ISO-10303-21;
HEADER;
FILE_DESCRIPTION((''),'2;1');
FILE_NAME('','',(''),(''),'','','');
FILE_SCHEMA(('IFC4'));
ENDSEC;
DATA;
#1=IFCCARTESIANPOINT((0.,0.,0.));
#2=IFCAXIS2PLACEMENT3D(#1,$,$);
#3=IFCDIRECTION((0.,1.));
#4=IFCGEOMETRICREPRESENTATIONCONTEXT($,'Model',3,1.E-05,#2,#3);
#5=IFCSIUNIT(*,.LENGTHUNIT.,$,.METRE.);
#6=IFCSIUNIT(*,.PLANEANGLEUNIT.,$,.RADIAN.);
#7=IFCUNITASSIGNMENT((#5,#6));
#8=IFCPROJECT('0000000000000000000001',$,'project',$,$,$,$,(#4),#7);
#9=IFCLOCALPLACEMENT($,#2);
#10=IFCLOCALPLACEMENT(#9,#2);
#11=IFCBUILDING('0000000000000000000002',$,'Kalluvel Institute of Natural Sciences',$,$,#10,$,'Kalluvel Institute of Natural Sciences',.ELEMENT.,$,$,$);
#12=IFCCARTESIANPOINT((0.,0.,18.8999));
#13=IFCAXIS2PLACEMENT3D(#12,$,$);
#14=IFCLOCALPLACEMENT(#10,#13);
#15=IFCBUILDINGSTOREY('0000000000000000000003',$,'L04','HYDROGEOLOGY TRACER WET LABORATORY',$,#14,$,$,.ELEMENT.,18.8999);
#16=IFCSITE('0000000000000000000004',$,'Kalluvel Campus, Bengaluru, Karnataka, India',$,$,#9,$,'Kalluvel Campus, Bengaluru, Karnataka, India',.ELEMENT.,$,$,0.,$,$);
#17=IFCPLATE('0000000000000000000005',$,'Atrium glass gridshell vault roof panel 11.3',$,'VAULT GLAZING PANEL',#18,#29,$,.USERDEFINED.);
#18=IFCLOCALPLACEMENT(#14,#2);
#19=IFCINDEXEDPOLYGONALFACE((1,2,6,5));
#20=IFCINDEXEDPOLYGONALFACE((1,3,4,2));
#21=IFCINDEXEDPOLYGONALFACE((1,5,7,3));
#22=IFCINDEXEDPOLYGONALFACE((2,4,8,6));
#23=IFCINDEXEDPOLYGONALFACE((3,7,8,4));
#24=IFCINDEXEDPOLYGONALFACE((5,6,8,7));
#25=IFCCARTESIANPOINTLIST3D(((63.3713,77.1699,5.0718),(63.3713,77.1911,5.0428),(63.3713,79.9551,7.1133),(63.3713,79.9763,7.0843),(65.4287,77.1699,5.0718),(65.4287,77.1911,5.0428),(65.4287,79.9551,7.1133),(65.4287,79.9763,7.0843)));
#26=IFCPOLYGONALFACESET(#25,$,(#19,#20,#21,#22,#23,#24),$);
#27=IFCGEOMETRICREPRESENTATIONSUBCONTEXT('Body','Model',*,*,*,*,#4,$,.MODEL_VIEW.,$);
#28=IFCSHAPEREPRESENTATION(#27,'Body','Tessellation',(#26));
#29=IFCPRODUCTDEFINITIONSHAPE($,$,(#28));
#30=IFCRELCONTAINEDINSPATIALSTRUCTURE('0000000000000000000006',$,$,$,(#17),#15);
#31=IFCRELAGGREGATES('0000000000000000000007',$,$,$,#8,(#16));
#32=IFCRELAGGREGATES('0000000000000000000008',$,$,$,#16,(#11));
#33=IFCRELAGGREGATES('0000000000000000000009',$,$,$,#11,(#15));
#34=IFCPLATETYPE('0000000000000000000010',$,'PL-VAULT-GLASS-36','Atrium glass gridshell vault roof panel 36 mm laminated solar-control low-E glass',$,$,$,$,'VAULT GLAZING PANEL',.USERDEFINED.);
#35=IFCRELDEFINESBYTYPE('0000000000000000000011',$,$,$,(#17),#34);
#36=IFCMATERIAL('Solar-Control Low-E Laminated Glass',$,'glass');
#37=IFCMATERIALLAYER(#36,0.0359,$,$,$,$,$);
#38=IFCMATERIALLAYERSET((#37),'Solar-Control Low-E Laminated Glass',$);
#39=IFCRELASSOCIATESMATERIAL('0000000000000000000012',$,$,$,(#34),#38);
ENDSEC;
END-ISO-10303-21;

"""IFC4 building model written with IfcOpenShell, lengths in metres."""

from ifc_helpers import new_model, si_unit, direction, frame, origin, place, context, subcontext, project, spatial, polyline, outline, extrude, material, layer, layer_set, type_object, element, save


model = new_model("IFC4")

# Units and contexts
model_context = context("Model", 3, precision=1e-05, world=origin(), true_north=direction((0.0, 1.0)))
body_context = subcontext(model_context, "Body", "Model", "MODEL_VIEW")
ifc_project = project(units=[si_unit("LENGTHUNIT", "METRE"), si_unit("PLANEANGLEUNIT", "RADIAN")], contexts=[model_context])

# Site, building, storey
site_placement = place(None, origin())
site = spatial("IfcSite", under=ifc_project, at=site_placement, Name="Kalluvel Campus, Bengaluru, Karnataka, India", LongName="Kalluvel Campus, Bengaluru, Karnataka, India", CompositionType="ELEMENT", RefElevation=0.0)
building_placement = place(site_placement, origin())
building = spatial("IfcBuilding", under=site, at=building_placement, Name="Kalluvel Institute of Natural Sciences", LongName="Kalluvel Institute of Natural Sciences", CompositionType="ELEMENT")
storey_placement = place(building_placement, frame((0.0, 0.0, 18.8999)))
storey = spatial("IfcBuildingStorey", under=building, at=storey_placement, Name="L04", Description="HYDROGEOLOGY TRACER WET LABORATORY", CompositionType="ELEMENT", Elevation=18.8999)

# Plate
ifc_material_1 = material(Name="Solar-Control Low-E Laminated Glass", Category="glass")
ifc_layer_1 = layer(ifc_material_1, 0.0359)
ifc_layer_set_1 = layer_set([ifc_layer_1], Name="Solar-Control Low-E Laminated Glass")
plate_type_1 = type_object("IfcPlateType", Name="PL-VAULT-GLASS-36", Description="Atrium glass gridshell vault roof panel 36 mm laminated solar-control low-E glass", ElementType="VAULT GLAZING PANEL", PredefinedType="USERDEFINED", material=ifc_layer_set_1)
plate_1_placement = place(storey_placement, frame((63.3713, 77.1699, 5.0718), z_axis=(0.0, -0.591186, 0.806535), x_axis=(1.0, 0.0, 0.0)))
element("IfcPlate", 1, at=plate_1_placement, inside=storey, type_object=plate_type_1, Name="Atrium glass gridshell vault roof panel 11.3", ObjectType="VAULT GLAZING PANEL", PredefinedType="USERDEFINED", context=body_context, shape_type="SweptSolid", body=[
    extrude(outline(polyline([(0.0, 0.0), (2.0574, 0.0), (2.0574, 3.4532), (0.0, 3.4532), (0.0, 0.0)])), origin(), (0.0, 0.0, -1.0), 0.0359),
])

save(model, "model.ifc")
